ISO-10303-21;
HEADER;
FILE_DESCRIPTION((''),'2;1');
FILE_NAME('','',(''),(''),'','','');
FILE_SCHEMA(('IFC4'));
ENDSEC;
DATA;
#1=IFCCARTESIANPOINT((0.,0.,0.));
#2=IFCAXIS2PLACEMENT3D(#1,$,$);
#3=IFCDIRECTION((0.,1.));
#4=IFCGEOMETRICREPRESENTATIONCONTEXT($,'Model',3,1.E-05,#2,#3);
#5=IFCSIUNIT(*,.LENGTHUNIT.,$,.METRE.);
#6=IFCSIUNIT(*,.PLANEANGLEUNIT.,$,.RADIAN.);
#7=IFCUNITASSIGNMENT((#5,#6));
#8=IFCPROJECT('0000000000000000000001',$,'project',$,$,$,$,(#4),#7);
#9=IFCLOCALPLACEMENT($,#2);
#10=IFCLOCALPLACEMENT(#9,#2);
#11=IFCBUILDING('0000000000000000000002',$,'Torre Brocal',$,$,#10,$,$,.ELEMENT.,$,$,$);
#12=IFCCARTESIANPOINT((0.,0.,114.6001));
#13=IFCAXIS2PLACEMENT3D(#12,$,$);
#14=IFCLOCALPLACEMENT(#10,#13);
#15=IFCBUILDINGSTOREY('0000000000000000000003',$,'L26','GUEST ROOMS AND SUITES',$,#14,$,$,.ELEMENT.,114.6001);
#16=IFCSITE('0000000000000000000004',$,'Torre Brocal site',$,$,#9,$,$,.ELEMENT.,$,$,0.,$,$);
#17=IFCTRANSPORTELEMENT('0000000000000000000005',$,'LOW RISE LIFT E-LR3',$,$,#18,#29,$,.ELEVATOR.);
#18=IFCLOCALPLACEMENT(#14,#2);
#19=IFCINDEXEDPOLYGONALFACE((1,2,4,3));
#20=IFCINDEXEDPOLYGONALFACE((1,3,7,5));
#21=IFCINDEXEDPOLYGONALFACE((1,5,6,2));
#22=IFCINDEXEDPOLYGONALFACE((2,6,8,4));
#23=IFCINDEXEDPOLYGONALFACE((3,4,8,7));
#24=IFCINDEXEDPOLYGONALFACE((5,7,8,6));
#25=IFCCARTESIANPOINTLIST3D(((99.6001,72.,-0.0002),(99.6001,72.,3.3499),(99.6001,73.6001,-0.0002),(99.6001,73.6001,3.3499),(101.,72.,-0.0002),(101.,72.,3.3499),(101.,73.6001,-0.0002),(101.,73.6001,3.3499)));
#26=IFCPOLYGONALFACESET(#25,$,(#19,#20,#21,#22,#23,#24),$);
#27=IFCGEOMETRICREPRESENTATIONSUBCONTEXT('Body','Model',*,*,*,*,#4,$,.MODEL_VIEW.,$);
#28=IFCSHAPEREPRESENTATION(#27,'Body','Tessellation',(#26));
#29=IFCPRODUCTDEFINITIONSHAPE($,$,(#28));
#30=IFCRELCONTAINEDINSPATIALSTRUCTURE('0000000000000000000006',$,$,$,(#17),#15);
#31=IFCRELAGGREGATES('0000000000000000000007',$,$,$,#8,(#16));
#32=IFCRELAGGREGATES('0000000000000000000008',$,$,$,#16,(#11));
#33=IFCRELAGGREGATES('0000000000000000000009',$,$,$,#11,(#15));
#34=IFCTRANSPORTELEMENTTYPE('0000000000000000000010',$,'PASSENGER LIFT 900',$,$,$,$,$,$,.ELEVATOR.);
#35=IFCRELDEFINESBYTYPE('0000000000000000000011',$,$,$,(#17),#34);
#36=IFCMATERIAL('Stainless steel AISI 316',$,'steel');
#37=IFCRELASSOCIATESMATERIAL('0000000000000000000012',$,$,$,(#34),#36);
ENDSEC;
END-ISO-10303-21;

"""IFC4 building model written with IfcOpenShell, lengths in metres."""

from ifc_helpers import new_model, si_unit, direction, frame, origin, origin_2d, place, context, subcontext, project, spatial, rectangle, extrude, material, type_object, element, save


model = new_model("IFC4")

# Units and contexts
model_context = context("Model", 3, precision=1e-05, world=origin(), true_north=direction((0.0, 1.0)))
body_context = subcontext(model_context, "Body", "Model", "MODEL_VIEW")
ifc_project = project(units=[si_unit("LENGTHUNIT", "METRE"), si_unit("PLANEANGLEUNIT", "RADIAN")], contexts=[model_context])

# Site, building, storey
site_placement = place(None, origin())
site = spatial("IfcSite", under=ifc_project, at=site_placement, Name="Torre Brocal site", CompositionType="ELEMENT", RefElevation=0.0)
building_placement = place(site_placement, origin())
building = spatial("IfcBuilding", under=site, at=building_placement, Name="Torre Brocal", CompositionType="ELEMENT")
storey_placement = place(building_placement, frame((0.0, 0.0, 114.6001)))
storey = spatial("IfcBuildingStorey", under=building, at=storey_placement, Name="L26", Description="GUEST ROOMS AND SUITES", CompositionType="ELEMENT", Elevation=114.6001)

# Transport element
ifc_material_1 = material(Name="Stainless steel AISI 316", Category="steel")
transport_element_type_1 = type_object("IfcTransportElementType", Name="PASSENGER LIFT 900", PredefinedType="ELEVATOR", material=ifc_material_1)
transport_element_1_placement = place(storey_placement, frame((100.3, 72.8, -0.0002), z_axis=(0.0, 0.0, 1.0), x_axis=(1.0, 0.0, 0.0)))
element("IfcTransportElement", 1, at=transport_element_1_placement, inside=storey, type_object=transport_element_type_1, Name="LOW RISE LIFT E-LR3", PredefinedType="ELEVATOR", context=body_context, shape_type="SweptSolid", body=[
    extrude(rectangle(XDim=1.3999, YDim=1.6001, at=origin_2d()), origin(), (0.0, 0.0, 1.0), 3.3501),
])

save(model, "model.ifc")
